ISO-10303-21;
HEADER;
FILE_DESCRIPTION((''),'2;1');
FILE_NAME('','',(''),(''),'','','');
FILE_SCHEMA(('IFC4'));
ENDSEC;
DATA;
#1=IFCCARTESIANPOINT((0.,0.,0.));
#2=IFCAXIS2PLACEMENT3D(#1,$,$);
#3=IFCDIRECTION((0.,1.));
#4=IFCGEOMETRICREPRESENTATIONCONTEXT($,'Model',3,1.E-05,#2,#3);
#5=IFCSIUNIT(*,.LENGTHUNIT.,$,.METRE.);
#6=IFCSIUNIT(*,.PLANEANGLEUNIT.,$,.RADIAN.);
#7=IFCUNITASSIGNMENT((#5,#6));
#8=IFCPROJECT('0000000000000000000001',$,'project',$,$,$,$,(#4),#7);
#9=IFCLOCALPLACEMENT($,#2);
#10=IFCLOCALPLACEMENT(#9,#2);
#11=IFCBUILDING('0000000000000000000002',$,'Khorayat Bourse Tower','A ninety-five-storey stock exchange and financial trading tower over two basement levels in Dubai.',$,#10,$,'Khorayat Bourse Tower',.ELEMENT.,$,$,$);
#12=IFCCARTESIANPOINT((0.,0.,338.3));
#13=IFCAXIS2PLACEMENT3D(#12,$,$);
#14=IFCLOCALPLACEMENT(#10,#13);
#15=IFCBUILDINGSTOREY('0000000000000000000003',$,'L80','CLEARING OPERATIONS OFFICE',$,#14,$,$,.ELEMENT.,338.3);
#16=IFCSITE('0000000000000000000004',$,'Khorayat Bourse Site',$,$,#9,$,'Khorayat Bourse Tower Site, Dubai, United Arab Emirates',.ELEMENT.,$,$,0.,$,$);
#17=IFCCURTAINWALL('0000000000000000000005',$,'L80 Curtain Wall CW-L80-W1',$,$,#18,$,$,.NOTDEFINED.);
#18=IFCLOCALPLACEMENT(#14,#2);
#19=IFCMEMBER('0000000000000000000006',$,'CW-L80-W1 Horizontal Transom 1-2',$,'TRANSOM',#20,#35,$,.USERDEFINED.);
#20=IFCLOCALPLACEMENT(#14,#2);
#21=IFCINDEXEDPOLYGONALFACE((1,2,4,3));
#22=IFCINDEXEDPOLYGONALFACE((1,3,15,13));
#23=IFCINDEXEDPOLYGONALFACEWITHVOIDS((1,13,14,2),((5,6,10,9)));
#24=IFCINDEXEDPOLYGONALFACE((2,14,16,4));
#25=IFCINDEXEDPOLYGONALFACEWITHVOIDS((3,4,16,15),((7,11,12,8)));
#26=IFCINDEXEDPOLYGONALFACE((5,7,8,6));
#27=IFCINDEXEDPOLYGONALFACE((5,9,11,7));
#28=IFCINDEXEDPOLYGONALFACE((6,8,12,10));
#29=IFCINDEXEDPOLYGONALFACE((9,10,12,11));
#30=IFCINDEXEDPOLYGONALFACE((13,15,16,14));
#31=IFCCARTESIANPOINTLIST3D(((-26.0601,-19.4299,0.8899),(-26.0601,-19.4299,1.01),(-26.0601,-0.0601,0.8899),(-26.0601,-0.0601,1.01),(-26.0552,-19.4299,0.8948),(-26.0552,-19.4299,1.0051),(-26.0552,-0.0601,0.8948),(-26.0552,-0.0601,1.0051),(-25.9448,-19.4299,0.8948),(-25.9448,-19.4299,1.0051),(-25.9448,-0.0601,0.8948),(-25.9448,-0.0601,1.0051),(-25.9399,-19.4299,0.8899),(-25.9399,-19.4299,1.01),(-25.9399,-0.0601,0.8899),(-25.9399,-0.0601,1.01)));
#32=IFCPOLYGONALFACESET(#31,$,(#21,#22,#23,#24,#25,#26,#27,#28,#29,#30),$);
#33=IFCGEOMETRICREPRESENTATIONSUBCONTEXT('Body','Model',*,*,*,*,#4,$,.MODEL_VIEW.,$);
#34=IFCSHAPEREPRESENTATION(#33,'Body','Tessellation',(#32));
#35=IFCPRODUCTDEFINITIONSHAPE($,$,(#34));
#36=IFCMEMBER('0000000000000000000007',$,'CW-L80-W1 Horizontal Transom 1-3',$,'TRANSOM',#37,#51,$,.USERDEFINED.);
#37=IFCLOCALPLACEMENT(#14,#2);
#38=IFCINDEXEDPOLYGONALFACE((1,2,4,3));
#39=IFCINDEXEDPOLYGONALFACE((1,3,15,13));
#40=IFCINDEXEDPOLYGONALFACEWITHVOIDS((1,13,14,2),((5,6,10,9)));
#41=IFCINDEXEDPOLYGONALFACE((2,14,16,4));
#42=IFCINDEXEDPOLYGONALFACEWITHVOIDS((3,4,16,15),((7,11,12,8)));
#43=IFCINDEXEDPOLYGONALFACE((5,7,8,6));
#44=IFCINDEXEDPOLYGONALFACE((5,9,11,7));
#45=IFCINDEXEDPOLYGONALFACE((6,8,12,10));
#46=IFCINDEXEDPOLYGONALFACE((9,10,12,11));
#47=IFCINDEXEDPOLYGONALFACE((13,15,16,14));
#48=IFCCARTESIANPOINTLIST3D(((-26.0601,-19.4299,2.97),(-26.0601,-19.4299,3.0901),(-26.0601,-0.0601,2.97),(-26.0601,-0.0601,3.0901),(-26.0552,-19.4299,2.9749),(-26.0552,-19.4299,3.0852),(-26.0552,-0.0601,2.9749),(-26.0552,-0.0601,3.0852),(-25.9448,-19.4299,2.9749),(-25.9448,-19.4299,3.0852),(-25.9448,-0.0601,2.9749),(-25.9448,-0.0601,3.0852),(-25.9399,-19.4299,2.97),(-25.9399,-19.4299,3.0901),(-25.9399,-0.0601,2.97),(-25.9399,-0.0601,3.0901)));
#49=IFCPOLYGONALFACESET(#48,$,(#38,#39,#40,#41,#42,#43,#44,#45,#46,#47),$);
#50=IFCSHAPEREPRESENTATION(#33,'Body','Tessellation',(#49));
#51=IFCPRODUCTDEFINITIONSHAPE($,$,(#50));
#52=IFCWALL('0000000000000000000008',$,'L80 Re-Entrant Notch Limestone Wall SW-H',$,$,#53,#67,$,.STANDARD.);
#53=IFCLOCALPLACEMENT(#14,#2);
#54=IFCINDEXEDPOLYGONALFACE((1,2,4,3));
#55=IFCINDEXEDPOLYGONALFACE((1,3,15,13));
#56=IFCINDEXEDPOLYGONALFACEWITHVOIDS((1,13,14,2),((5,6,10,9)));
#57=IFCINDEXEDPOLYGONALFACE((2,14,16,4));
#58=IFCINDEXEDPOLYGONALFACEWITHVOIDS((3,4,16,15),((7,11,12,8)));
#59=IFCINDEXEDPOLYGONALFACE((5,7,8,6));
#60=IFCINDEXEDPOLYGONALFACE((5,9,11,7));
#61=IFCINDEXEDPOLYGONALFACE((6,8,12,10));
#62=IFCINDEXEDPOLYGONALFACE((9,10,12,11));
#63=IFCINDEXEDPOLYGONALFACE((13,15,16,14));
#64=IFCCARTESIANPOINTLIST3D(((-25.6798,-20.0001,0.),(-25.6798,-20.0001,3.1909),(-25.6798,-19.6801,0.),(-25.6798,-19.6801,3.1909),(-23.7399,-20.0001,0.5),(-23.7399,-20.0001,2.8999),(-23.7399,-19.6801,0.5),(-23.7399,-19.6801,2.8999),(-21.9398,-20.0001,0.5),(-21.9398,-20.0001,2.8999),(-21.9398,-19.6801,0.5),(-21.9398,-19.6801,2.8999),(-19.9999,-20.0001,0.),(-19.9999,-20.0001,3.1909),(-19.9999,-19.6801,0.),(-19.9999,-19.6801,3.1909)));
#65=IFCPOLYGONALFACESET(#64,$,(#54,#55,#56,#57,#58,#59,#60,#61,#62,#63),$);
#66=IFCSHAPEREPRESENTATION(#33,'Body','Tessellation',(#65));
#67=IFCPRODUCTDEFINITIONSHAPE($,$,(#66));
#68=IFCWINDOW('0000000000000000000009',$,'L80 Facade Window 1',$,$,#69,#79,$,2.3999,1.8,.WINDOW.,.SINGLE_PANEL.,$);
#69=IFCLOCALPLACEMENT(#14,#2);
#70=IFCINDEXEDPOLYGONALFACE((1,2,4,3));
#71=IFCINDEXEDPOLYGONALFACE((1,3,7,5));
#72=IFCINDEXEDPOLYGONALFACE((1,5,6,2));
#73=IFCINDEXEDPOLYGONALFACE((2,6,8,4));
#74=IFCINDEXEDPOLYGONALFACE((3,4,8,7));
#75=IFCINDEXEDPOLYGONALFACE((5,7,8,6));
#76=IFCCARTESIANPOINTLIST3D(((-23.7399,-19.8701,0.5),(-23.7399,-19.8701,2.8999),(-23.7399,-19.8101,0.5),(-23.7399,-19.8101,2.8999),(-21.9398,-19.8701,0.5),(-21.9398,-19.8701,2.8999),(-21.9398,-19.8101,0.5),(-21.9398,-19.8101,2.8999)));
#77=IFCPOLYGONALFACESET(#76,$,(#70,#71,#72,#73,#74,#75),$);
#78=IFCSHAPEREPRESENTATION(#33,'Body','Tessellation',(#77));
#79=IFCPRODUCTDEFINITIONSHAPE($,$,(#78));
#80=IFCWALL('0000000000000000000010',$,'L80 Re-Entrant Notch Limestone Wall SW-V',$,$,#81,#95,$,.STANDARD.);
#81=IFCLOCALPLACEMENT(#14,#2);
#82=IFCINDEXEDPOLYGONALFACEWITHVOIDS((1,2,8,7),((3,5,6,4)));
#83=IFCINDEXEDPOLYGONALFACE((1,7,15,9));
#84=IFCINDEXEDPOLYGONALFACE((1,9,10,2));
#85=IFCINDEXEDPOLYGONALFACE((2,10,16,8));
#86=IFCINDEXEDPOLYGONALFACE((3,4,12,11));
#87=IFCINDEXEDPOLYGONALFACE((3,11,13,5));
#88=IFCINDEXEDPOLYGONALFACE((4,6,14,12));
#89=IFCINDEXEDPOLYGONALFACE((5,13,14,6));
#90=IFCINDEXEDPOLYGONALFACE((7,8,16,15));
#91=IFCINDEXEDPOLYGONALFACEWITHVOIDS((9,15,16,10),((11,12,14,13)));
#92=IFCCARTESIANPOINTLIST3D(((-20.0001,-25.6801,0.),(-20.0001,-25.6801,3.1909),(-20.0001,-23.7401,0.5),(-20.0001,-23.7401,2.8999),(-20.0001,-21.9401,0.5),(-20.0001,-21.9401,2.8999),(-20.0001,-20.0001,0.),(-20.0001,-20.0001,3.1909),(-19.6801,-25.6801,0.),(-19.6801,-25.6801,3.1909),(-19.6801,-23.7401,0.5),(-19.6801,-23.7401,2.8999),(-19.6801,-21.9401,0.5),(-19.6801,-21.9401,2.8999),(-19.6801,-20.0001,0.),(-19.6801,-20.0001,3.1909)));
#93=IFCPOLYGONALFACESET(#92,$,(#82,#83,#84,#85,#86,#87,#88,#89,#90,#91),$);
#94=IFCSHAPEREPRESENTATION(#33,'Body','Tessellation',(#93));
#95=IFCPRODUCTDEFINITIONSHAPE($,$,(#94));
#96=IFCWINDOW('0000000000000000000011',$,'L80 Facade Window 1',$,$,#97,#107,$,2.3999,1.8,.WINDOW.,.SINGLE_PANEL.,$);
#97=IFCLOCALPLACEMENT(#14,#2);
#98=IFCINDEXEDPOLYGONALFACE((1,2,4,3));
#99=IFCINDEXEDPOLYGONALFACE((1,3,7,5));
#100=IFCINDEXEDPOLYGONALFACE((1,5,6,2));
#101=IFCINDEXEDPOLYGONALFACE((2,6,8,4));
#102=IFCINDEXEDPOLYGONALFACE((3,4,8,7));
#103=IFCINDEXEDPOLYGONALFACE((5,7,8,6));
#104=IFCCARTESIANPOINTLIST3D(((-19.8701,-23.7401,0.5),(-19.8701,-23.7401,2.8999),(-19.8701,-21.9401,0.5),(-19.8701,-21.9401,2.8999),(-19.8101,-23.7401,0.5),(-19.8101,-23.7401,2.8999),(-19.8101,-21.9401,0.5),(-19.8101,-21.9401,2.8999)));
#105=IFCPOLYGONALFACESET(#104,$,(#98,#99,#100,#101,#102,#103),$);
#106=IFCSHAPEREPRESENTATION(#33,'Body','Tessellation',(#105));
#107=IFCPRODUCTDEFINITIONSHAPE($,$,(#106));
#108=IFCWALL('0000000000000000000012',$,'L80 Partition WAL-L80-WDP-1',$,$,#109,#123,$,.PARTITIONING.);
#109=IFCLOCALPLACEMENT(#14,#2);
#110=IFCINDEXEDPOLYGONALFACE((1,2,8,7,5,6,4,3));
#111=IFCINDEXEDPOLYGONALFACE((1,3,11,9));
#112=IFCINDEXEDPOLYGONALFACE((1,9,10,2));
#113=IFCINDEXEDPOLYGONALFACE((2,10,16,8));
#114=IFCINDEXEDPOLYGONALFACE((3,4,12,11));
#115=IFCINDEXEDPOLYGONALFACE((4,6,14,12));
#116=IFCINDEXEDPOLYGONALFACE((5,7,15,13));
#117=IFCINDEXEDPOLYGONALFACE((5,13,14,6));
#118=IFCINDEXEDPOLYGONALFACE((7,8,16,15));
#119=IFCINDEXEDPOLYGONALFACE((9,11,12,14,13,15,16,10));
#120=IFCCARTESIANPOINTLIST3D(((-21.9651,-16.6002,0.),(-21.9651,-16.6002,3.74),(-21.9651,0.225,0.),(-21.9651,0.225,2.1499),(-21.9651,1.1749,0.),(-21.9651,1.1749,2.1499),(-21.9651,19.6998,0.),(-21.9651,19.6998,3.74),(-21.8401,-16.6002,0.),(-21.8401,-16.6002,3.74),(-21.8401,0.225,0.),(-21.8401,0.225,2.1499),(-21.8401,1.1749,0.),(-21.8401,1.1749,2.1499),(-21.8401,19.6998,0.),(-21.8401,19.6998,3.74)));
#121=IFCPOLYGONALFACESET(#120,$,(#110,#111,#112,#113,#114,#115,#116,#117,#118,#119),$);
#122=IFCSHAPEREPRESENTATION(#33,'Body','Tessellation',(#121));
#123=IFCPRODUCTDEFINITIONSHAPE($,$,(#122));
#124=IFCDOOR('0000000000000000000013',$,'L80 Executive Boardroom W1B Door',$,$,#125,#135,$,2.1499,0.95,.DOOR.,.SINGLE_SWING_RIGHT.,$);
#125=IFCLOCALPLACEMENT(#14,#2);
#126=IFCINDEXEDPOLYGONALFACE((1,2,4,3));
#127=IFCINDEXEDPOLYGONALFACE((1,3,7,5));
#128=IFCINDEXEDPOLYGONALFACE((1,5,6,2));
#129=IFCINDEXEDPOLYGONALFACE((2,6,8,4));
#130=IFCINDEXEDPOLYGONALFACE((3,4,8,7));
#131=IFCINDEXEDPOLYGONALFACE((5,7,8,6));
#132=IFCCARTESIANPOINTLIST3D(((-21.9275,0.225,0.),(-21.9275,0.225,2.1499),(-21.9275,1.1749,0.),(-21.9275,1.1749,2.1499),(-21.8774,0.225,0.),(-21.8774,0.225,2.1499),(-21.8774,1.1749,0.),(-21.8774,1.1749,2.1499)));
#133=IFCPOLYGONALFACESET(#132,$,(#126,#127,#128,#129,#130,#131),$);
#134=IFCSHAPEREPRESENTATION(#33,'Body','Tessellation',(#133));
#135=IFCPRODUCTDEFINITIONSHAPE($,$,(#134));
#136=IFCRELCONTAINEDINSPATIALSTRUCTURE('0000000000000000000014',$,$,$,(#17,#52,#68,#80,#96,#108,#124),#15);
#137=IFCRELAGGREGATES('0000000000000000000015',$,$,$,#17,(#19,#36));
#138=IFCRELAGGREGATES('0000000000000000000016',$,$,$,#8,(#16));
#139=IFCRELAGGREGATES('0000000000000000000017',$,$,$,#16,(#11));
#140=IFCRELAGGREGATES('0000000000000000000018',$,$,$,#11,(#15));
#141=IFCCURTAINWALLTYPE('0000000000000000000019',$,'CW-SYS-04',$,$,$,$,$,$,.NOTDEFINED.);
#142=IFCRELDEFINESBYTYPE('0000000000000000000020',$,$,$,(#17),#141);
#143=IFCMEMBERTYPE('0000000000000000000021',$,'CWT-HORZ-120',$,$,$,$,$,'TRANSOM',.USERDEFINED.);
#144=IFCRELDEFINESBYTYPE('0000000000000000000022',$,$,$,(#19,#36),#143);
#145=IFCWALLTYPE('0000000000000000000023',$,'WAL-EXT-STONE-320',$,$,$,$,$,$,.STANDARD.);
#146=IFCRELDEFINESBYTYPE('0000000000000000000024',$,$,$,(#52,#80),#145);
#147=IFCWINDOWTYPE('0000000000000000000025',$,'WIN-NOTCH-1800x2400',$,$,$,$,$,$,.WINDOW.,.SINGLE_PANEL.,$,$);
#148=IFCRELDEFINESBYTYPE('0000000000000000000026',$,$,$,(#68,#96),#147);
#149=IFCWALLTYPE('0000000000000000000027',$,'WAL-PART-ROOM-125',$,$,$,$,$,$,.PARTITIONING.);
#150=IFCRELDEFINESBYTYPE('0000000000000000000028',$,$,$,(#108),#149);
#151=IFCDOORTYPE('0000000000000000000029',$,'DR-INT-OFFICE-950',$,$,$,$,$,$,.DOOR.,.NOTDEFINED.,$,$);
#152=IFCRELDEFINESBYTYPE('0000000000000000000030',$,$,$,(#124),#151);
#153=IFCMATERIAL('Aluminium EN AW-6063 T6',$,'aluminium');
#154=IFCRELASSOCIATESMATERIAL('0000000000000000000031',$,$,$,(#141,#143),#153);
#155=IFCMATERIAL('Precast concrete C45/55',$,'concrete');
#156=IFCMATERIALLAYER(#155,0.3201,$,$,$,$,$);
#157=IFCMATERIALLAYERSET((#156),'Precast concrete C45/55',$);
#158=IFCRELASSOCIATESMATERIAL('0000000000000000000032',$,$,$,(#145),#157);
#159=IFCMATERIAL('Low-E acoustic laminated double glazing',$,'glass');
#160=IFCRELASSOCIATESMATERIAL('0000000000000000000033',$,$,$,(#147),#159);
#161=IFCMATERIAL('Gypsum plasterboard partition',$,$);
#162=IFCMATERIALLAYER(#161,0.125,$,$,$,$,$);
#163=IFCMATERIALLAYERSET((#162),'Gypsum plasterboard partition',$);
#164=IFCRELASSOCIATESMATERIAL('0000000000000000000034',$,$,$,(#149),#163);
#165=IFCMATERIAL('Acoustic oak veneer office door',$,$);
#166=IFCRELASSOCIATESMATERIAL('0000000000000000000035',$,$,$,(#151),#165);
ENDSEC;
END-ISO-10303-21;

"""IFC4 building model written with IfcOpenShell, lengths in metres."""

from ifc_helpers import new_model, si_unit, direction, frame, frame_2d, origin, origin_2d, place, context, subcontext, project, spatial, rectangle, hollow_rectangle, extrude, source, transform, mapped, material, layer, layer_set, material_profile, profile_set, type_object, element, fill, aggregate, save


model = new_model("IFC4")

# Units and contexts
model_context = context("Model", 3, precision=1e-05, world=origin(), true_north=direction((0.0, 1.0)))
body_context = subcontext(model_context, "Body", "Model", "MODEL_VIEW")
ifc_project = project(units=[si_unit("LENGTHUNIT", "METRE"), si_unit("PLANEANGLEUNIT", "RADIAN")], contexts=[model_context])

# Site, building, storey
site_placement = place(None, origin())
site = spatial("IfcSite", under=ifc_project, at=site_placement, Name="Khorayat Bourse Site", LongName="Khorayat Bourse Tower Site, Dubai, United Arab Emirates", CompositionType="ELEMENT", RefElevation=0.0)
building_placement = place(site_placement, origin())
building = spatial("IfcBuilding", under=site, at=building_placement, Name="Khorayat Bourse Tower", Description="A ninety-five-storey stock exchange and financial trading tower over two basement levels in Dubai.", LongName="Khorayat Bourse Tower", CompositionType="ELEMENT")
storey_placement = place(building_placement, frame((0.0, 0.0, 338.3)))
storey = spatial("IfcBuildingStorey", under=building, at=storey_placement, Name="L80", Description="CLEARING OPERATIONS OFFICE", CompositionType="ELEMENT", Elevation=338.3)

# Shared definitions
ifc_material_1 = material(Name="Aluminium EN AW-6063 T6", Category="aluminium")
curtain_wall_type = type_object("IfcCurtainWallType", Name="CW-SYS-04", PredefinedType="NOTDEFINED", material=ifc_material_1)

# Curtain wall, members
curtain_wall_1_placement = place(storey_placement, origin())
curtain_wall_1 = element("IfcCurtainWall", 1, at=curtain_wall_1_placement, inside=storey, type_object=curtain_wall_type, Name="L80 Curtain Wall CW-L80-W1", PredefinedType="NOTDEFINED")
ifc_material_profile_1 = material_profile(ifc_material_1, hollow_rectangle(XDim=0.1201, YDim=0.1201, WallThickness=0.0049, at=origin_2d()), Name="ALU 120x120x5")
ifc_profile_set_1 = profile_set([ifc_material_profile_1], Name="Aluminium EN AW-6063 T6")
member_type_1 = type_object("IfcMemberType", Name="CWT-HORZ-120", ElementType="TRANSOM", PredefinedType="USERDEFINED", material=ifc_profile_set_1)
shared_shape_1 = source(origin(), body_context, "Body", "SweptSolid", [
    extrude(hollow_rectangle(XDim=0.1201, YDim=0.1201, WallThickness=0.0049, at=origin_2d()), origin(), (0.0, 0.0, 1.0), 19.3699),
])
member_1_placement = place(storey_placement, frame((-26.0, -19.4299, 0.95), z_axis=(0.0, 1.0, 0.0), x_axis=(-1.0, 0.0, 0.0)))
member_1 = element("IfcMember", 2, at=member_1_placement, type_object=member_type_1, Name="CW-L80-W1 Horizontal Transom 1-2", ObjectType="TRANSOM", PredefinedType="USERDEFINED", context=body_context, shape_type="MappedRepresentation", body=[
    mapped(shared_shape_1, transform((0.0, 0.0, 0.0), scale=1.0)),
])
member_2_placement = place(storey_placement, frame((-26.0, -19.4299, 3.03), z_axis=(0.0, 1.0, 0.0), x_axis=(-1.0, 0.0, 0.0)))
member_2 = element("IfcMember", 3, at=member_2_placement, type_object=member_type_1, Name="CW-L80-W1 Horizontal Transom 1-3", ObjectType="TRANSOM", PredefinedType="USERDEFINED", context=body_context, shape_type="MappedRepresentation", body=[
    mapped(shared_shape_1, transform((0.0, 0.0, 0.0), scale=1.0)),
])
aggregate(curtain_wall_1, [member_1, member_2])

# Walls, openings, windows
ifc_material_2 = material(Name="Precast concrete C45/55", Category="concrete")
ifc_layer_1 = layer(ifc_material_2, 0.3201)
ifc_layer_set_1 = layer_set([ifc_layer_1], Name="Precast concrete C45/55")
wall_type_1 = type_object("IfcWallType", Name="WAL-EXT-STONE-320", PredefinedType="STANDARD", material=ifc_layer_set_1)
shared_shape_2 = source(origin(), body_context, "Body", "SweptSolid", [
    extrude(rectangle(XDim=5.6799, YDim=0.3201, at=frame_2d((2.8398, 0.0))), origin(), (0.0, 0.0, 1.0), 3.1909),
])
wall_1_placement = place(storey_placement, frame((-20.0, -19.8401, 0.0), z_axis=(0.0, 0.0, 1.0), x_axis=(-1.0, 0.0, 0.0)))
wall_1 = element("IfcWall", 4, at=wall_1_placement, inside=storey, type_object=wall_type_1, Name="L80 Re-Entrant Notch Limestone Wall SW-H", PredefinedType="STANDARD", context=body_context, shape_type="MappedRepresentation", body=[
    mapped(shared_shape_2, transform((0.0, 0.0, 0.0), scale=1.0)),
])
shared_shape_3 = source(origin(), body_context, "Body", "SweptSolid", [
    extrude(rectangle(XDim=1.8, YDim=2.3999, at=frame_2d((0.8999, 1.2))), frame((0.0, 0.1699, 0.0), z_axis=(0.0, -1.0, 0.0), x_axis=(1.0, 0.0, 0.0)), (0.0, 0.0, 1.0), 0.3401),
])
opening_1_placement = place(wall_1_placement, frame((1.9399, 0.0, 0.5)))
opening_1 = element("IfcOpeningElement", 5, at=opening_1_placement, cuts=wall_1, PredefinedType="OPENING", context=body_context, shape_type="MappedRepresentation", body=[
    mapped(shared_shape_3, transform((0.0, 0.0, 0.0), scale=1.0)),
])
ifc_material_3 = material(Name="Low-E acoustic laminated double glazing", Category="glass")
window_type = type_object("IfcWindowType", Name="WIN-NOTCH-1800x2400", PartitioningType="SINGLE_PANEL", PredefinedType="WINDOW", material=ifc_material_3)
shared_shape_4 = source(origin(), body_context, "Body", "SweptSolid", [
    extrude(rectangle(XDim=1.8, YDim=2.3999, at=frame_2d((0.8999, 1.2))), frame((0.0, 0.03, 0.0), z_axis=(0.0, -1.0, 0.0), x_axis=(1.0, 0.0, 0.0)), (0.0, 0.0, 1.0), 0.0601),
])
window_1_placement = place(opening_1_placement, origin())
window_1 = element("IfcWindow", 6, at=window_1_placement, inside=storey, type_object=window_type, Name="L80 Facade Window 1", OverallHeight=2.3999, OverallWidth=1.8, PartitioningType="SINGLE_PANEL", PredefinedType="WINDOW", context=body_context, shape_type="MappedRepresentation", body=[
    mapped(shared_shape_4, transform((0.0, 0.0, 0.0), scale=1.0)),
])
fill(opening_1, window_1)
wall_2_placement = place(storey_placement, frame((-19.8401, -25.6799, 0.0), z_axis=(0.0, 0.0, 1.0), x_axis=(0.0, 1.0, 0.0)))
wall_2 = element("IfcWall", 7, at=wall_2_placement, inside=storey, type_object=wall_type_1, Name="L80 Re-Entrant Notch Limestone Wall SW-V", PredefinedType="STANDARD", context=body_context, shape_type="MappedRepresentation", body=[
    mapped(shared_shape_2, transform((0.0, 0.0, 0.0), scale=1.0)),
])
opening_2_placement = place(wall_2_placement, frame((1.9399, 0.0, 0.5)))
opening_2 = element("IfcOpeningElement", 8, at=opening_2_placement, cuts=wall_2, PredefinedType="OPENING", context=body_context, shape_type="MappedRepresentation", body=[
    mapped(shared_shape_3, transform((0.0, 0.0, 0.0), scale=1.0)),
])
window_2_placement = place(opening_2_placement, origin())
window_2 = element("IfcWindow", 9, at=window_2_placement, inside=storey, type_object=window_type, Name="L80 Facade Window 1", OverallHeight=2.3999, OverallWidth=1.8, PartitioningType="SINGLE_PANEL", PredefinedType="WINDOW", context=body_context, shape_type="MappedRepresentation", body=[
    mapped(shared_shape_4, transform((0.0, 0.0, 0.0), scale=1.0)),
])
fill(opening_2, window_2)

# Wall, opening, door
ifc_material_4 = material(Name="Gypsum plasterboard partition")
ifc_layer_2 = layer(ifc_material_4, 0.125)
ifc_layer_set_2 = layer_set([ifc_layer_2], Name="Gypsum plasterboard partition")
wall_type_2 = type_object("IfcWallType", Name="WAL-PART-ROOM-125", PredefinedType="PARTITIONING", material=ifc_layer_set_2)
shared_shape_5 = source(origin(), body_context, "Body", "SweptSolid", [
    extrude(rectangle(XDim=36.3, YDim=0.125, at=frame_2d((18.1499, 0.0))), origin(), (0.0, 0.0, 1.0), 3.74),
])
wall_3_placement = place(storey_placement, frame((-21.9026, -16.6001, 0.0), z_axis=(0.0, 0.0, 1.0), x_axis=(0.0, 1.0, 0.0)))
wall_3 = element("IfcWall", 10, at=wall_3_placement, inside=storey, type_object=wall_type_2, Name="L80 Partition WAL-L80-WDP-1", PredefinedType="PARTITIONING", context=body_context, shape_type="MappedRepresentation", body=[
    mapped(shared_shape_5, transform((0.0, 0.0, 0.0), scale=1.0)),
])
shared_shape_6 = source(origin(), body_context, "Body", "SweptSolid", [
    extrude(rectangle(XDim=0.95, YDim=2.1499, at=frame_2d((0.4751, 1.075))), frame((0.0, 0.0725, 0.0), z_axis=(0.0, -1.0, 0.0), x_axis=(1.0, 0.0, 0.0)), (0.0, 0.0, 1.0), 0.145),
])
opening_3_placement = place(wall_3_placement, frame((16.825, 0.0, 0.0)))
opening_3 = element("IfcOpeningElement", 11, at=opening_3_placement, cuts=wall_3, PredefinedType="OPENING", context=body_context, shape_type="MappedRepresentation", body=[
    mapped(shared_shape_6, transform((0.0, 0.0, 0.0), scale=1.0)),
])
ifc_material_5 = material(Name="Acoustic oak veneer office door")
door_type = type_object("IfcDoorType", Name="DR-INT-OFFICE-950", OperationType="NOTDEFINED", PredefinedType="DOOR", material=ifc_material_5)
shared_shape_7 = source(origin(), body_context, "Body", "SweptSolid", [
    extrude(rectangle(XDim=0.95, YDim=2.1499, at=frame_2d((0.4751, 1.075))), frame((0.0, 0.0249, 0.0), z_axis=(0.0, -1.0, 0.0), x_axis=(1.0, 0.0, 0.0)), (0.0, 0.0, 1.0), 0.05),
])
door_placement = place(opening_3_placement, origin())
door = element("IfcDoor", 12, at=door_placement, inside=storey, type_object=door_type, Name="L80 Executive Boardroom W1B Door", OperationType="SINGLE_SWING_RIGHT", OverallHeight=2.1499, OverallWidth=0.95, PredefinedType="DOOR", context=body_context, shape_type="MappedRepresentation", body=[
    mapped(shared_shape_7, transform((0.0, 0.0, 0.0), scale=1.0)),
])
fill(opening_3, door)

save(model, "model.ifc")
